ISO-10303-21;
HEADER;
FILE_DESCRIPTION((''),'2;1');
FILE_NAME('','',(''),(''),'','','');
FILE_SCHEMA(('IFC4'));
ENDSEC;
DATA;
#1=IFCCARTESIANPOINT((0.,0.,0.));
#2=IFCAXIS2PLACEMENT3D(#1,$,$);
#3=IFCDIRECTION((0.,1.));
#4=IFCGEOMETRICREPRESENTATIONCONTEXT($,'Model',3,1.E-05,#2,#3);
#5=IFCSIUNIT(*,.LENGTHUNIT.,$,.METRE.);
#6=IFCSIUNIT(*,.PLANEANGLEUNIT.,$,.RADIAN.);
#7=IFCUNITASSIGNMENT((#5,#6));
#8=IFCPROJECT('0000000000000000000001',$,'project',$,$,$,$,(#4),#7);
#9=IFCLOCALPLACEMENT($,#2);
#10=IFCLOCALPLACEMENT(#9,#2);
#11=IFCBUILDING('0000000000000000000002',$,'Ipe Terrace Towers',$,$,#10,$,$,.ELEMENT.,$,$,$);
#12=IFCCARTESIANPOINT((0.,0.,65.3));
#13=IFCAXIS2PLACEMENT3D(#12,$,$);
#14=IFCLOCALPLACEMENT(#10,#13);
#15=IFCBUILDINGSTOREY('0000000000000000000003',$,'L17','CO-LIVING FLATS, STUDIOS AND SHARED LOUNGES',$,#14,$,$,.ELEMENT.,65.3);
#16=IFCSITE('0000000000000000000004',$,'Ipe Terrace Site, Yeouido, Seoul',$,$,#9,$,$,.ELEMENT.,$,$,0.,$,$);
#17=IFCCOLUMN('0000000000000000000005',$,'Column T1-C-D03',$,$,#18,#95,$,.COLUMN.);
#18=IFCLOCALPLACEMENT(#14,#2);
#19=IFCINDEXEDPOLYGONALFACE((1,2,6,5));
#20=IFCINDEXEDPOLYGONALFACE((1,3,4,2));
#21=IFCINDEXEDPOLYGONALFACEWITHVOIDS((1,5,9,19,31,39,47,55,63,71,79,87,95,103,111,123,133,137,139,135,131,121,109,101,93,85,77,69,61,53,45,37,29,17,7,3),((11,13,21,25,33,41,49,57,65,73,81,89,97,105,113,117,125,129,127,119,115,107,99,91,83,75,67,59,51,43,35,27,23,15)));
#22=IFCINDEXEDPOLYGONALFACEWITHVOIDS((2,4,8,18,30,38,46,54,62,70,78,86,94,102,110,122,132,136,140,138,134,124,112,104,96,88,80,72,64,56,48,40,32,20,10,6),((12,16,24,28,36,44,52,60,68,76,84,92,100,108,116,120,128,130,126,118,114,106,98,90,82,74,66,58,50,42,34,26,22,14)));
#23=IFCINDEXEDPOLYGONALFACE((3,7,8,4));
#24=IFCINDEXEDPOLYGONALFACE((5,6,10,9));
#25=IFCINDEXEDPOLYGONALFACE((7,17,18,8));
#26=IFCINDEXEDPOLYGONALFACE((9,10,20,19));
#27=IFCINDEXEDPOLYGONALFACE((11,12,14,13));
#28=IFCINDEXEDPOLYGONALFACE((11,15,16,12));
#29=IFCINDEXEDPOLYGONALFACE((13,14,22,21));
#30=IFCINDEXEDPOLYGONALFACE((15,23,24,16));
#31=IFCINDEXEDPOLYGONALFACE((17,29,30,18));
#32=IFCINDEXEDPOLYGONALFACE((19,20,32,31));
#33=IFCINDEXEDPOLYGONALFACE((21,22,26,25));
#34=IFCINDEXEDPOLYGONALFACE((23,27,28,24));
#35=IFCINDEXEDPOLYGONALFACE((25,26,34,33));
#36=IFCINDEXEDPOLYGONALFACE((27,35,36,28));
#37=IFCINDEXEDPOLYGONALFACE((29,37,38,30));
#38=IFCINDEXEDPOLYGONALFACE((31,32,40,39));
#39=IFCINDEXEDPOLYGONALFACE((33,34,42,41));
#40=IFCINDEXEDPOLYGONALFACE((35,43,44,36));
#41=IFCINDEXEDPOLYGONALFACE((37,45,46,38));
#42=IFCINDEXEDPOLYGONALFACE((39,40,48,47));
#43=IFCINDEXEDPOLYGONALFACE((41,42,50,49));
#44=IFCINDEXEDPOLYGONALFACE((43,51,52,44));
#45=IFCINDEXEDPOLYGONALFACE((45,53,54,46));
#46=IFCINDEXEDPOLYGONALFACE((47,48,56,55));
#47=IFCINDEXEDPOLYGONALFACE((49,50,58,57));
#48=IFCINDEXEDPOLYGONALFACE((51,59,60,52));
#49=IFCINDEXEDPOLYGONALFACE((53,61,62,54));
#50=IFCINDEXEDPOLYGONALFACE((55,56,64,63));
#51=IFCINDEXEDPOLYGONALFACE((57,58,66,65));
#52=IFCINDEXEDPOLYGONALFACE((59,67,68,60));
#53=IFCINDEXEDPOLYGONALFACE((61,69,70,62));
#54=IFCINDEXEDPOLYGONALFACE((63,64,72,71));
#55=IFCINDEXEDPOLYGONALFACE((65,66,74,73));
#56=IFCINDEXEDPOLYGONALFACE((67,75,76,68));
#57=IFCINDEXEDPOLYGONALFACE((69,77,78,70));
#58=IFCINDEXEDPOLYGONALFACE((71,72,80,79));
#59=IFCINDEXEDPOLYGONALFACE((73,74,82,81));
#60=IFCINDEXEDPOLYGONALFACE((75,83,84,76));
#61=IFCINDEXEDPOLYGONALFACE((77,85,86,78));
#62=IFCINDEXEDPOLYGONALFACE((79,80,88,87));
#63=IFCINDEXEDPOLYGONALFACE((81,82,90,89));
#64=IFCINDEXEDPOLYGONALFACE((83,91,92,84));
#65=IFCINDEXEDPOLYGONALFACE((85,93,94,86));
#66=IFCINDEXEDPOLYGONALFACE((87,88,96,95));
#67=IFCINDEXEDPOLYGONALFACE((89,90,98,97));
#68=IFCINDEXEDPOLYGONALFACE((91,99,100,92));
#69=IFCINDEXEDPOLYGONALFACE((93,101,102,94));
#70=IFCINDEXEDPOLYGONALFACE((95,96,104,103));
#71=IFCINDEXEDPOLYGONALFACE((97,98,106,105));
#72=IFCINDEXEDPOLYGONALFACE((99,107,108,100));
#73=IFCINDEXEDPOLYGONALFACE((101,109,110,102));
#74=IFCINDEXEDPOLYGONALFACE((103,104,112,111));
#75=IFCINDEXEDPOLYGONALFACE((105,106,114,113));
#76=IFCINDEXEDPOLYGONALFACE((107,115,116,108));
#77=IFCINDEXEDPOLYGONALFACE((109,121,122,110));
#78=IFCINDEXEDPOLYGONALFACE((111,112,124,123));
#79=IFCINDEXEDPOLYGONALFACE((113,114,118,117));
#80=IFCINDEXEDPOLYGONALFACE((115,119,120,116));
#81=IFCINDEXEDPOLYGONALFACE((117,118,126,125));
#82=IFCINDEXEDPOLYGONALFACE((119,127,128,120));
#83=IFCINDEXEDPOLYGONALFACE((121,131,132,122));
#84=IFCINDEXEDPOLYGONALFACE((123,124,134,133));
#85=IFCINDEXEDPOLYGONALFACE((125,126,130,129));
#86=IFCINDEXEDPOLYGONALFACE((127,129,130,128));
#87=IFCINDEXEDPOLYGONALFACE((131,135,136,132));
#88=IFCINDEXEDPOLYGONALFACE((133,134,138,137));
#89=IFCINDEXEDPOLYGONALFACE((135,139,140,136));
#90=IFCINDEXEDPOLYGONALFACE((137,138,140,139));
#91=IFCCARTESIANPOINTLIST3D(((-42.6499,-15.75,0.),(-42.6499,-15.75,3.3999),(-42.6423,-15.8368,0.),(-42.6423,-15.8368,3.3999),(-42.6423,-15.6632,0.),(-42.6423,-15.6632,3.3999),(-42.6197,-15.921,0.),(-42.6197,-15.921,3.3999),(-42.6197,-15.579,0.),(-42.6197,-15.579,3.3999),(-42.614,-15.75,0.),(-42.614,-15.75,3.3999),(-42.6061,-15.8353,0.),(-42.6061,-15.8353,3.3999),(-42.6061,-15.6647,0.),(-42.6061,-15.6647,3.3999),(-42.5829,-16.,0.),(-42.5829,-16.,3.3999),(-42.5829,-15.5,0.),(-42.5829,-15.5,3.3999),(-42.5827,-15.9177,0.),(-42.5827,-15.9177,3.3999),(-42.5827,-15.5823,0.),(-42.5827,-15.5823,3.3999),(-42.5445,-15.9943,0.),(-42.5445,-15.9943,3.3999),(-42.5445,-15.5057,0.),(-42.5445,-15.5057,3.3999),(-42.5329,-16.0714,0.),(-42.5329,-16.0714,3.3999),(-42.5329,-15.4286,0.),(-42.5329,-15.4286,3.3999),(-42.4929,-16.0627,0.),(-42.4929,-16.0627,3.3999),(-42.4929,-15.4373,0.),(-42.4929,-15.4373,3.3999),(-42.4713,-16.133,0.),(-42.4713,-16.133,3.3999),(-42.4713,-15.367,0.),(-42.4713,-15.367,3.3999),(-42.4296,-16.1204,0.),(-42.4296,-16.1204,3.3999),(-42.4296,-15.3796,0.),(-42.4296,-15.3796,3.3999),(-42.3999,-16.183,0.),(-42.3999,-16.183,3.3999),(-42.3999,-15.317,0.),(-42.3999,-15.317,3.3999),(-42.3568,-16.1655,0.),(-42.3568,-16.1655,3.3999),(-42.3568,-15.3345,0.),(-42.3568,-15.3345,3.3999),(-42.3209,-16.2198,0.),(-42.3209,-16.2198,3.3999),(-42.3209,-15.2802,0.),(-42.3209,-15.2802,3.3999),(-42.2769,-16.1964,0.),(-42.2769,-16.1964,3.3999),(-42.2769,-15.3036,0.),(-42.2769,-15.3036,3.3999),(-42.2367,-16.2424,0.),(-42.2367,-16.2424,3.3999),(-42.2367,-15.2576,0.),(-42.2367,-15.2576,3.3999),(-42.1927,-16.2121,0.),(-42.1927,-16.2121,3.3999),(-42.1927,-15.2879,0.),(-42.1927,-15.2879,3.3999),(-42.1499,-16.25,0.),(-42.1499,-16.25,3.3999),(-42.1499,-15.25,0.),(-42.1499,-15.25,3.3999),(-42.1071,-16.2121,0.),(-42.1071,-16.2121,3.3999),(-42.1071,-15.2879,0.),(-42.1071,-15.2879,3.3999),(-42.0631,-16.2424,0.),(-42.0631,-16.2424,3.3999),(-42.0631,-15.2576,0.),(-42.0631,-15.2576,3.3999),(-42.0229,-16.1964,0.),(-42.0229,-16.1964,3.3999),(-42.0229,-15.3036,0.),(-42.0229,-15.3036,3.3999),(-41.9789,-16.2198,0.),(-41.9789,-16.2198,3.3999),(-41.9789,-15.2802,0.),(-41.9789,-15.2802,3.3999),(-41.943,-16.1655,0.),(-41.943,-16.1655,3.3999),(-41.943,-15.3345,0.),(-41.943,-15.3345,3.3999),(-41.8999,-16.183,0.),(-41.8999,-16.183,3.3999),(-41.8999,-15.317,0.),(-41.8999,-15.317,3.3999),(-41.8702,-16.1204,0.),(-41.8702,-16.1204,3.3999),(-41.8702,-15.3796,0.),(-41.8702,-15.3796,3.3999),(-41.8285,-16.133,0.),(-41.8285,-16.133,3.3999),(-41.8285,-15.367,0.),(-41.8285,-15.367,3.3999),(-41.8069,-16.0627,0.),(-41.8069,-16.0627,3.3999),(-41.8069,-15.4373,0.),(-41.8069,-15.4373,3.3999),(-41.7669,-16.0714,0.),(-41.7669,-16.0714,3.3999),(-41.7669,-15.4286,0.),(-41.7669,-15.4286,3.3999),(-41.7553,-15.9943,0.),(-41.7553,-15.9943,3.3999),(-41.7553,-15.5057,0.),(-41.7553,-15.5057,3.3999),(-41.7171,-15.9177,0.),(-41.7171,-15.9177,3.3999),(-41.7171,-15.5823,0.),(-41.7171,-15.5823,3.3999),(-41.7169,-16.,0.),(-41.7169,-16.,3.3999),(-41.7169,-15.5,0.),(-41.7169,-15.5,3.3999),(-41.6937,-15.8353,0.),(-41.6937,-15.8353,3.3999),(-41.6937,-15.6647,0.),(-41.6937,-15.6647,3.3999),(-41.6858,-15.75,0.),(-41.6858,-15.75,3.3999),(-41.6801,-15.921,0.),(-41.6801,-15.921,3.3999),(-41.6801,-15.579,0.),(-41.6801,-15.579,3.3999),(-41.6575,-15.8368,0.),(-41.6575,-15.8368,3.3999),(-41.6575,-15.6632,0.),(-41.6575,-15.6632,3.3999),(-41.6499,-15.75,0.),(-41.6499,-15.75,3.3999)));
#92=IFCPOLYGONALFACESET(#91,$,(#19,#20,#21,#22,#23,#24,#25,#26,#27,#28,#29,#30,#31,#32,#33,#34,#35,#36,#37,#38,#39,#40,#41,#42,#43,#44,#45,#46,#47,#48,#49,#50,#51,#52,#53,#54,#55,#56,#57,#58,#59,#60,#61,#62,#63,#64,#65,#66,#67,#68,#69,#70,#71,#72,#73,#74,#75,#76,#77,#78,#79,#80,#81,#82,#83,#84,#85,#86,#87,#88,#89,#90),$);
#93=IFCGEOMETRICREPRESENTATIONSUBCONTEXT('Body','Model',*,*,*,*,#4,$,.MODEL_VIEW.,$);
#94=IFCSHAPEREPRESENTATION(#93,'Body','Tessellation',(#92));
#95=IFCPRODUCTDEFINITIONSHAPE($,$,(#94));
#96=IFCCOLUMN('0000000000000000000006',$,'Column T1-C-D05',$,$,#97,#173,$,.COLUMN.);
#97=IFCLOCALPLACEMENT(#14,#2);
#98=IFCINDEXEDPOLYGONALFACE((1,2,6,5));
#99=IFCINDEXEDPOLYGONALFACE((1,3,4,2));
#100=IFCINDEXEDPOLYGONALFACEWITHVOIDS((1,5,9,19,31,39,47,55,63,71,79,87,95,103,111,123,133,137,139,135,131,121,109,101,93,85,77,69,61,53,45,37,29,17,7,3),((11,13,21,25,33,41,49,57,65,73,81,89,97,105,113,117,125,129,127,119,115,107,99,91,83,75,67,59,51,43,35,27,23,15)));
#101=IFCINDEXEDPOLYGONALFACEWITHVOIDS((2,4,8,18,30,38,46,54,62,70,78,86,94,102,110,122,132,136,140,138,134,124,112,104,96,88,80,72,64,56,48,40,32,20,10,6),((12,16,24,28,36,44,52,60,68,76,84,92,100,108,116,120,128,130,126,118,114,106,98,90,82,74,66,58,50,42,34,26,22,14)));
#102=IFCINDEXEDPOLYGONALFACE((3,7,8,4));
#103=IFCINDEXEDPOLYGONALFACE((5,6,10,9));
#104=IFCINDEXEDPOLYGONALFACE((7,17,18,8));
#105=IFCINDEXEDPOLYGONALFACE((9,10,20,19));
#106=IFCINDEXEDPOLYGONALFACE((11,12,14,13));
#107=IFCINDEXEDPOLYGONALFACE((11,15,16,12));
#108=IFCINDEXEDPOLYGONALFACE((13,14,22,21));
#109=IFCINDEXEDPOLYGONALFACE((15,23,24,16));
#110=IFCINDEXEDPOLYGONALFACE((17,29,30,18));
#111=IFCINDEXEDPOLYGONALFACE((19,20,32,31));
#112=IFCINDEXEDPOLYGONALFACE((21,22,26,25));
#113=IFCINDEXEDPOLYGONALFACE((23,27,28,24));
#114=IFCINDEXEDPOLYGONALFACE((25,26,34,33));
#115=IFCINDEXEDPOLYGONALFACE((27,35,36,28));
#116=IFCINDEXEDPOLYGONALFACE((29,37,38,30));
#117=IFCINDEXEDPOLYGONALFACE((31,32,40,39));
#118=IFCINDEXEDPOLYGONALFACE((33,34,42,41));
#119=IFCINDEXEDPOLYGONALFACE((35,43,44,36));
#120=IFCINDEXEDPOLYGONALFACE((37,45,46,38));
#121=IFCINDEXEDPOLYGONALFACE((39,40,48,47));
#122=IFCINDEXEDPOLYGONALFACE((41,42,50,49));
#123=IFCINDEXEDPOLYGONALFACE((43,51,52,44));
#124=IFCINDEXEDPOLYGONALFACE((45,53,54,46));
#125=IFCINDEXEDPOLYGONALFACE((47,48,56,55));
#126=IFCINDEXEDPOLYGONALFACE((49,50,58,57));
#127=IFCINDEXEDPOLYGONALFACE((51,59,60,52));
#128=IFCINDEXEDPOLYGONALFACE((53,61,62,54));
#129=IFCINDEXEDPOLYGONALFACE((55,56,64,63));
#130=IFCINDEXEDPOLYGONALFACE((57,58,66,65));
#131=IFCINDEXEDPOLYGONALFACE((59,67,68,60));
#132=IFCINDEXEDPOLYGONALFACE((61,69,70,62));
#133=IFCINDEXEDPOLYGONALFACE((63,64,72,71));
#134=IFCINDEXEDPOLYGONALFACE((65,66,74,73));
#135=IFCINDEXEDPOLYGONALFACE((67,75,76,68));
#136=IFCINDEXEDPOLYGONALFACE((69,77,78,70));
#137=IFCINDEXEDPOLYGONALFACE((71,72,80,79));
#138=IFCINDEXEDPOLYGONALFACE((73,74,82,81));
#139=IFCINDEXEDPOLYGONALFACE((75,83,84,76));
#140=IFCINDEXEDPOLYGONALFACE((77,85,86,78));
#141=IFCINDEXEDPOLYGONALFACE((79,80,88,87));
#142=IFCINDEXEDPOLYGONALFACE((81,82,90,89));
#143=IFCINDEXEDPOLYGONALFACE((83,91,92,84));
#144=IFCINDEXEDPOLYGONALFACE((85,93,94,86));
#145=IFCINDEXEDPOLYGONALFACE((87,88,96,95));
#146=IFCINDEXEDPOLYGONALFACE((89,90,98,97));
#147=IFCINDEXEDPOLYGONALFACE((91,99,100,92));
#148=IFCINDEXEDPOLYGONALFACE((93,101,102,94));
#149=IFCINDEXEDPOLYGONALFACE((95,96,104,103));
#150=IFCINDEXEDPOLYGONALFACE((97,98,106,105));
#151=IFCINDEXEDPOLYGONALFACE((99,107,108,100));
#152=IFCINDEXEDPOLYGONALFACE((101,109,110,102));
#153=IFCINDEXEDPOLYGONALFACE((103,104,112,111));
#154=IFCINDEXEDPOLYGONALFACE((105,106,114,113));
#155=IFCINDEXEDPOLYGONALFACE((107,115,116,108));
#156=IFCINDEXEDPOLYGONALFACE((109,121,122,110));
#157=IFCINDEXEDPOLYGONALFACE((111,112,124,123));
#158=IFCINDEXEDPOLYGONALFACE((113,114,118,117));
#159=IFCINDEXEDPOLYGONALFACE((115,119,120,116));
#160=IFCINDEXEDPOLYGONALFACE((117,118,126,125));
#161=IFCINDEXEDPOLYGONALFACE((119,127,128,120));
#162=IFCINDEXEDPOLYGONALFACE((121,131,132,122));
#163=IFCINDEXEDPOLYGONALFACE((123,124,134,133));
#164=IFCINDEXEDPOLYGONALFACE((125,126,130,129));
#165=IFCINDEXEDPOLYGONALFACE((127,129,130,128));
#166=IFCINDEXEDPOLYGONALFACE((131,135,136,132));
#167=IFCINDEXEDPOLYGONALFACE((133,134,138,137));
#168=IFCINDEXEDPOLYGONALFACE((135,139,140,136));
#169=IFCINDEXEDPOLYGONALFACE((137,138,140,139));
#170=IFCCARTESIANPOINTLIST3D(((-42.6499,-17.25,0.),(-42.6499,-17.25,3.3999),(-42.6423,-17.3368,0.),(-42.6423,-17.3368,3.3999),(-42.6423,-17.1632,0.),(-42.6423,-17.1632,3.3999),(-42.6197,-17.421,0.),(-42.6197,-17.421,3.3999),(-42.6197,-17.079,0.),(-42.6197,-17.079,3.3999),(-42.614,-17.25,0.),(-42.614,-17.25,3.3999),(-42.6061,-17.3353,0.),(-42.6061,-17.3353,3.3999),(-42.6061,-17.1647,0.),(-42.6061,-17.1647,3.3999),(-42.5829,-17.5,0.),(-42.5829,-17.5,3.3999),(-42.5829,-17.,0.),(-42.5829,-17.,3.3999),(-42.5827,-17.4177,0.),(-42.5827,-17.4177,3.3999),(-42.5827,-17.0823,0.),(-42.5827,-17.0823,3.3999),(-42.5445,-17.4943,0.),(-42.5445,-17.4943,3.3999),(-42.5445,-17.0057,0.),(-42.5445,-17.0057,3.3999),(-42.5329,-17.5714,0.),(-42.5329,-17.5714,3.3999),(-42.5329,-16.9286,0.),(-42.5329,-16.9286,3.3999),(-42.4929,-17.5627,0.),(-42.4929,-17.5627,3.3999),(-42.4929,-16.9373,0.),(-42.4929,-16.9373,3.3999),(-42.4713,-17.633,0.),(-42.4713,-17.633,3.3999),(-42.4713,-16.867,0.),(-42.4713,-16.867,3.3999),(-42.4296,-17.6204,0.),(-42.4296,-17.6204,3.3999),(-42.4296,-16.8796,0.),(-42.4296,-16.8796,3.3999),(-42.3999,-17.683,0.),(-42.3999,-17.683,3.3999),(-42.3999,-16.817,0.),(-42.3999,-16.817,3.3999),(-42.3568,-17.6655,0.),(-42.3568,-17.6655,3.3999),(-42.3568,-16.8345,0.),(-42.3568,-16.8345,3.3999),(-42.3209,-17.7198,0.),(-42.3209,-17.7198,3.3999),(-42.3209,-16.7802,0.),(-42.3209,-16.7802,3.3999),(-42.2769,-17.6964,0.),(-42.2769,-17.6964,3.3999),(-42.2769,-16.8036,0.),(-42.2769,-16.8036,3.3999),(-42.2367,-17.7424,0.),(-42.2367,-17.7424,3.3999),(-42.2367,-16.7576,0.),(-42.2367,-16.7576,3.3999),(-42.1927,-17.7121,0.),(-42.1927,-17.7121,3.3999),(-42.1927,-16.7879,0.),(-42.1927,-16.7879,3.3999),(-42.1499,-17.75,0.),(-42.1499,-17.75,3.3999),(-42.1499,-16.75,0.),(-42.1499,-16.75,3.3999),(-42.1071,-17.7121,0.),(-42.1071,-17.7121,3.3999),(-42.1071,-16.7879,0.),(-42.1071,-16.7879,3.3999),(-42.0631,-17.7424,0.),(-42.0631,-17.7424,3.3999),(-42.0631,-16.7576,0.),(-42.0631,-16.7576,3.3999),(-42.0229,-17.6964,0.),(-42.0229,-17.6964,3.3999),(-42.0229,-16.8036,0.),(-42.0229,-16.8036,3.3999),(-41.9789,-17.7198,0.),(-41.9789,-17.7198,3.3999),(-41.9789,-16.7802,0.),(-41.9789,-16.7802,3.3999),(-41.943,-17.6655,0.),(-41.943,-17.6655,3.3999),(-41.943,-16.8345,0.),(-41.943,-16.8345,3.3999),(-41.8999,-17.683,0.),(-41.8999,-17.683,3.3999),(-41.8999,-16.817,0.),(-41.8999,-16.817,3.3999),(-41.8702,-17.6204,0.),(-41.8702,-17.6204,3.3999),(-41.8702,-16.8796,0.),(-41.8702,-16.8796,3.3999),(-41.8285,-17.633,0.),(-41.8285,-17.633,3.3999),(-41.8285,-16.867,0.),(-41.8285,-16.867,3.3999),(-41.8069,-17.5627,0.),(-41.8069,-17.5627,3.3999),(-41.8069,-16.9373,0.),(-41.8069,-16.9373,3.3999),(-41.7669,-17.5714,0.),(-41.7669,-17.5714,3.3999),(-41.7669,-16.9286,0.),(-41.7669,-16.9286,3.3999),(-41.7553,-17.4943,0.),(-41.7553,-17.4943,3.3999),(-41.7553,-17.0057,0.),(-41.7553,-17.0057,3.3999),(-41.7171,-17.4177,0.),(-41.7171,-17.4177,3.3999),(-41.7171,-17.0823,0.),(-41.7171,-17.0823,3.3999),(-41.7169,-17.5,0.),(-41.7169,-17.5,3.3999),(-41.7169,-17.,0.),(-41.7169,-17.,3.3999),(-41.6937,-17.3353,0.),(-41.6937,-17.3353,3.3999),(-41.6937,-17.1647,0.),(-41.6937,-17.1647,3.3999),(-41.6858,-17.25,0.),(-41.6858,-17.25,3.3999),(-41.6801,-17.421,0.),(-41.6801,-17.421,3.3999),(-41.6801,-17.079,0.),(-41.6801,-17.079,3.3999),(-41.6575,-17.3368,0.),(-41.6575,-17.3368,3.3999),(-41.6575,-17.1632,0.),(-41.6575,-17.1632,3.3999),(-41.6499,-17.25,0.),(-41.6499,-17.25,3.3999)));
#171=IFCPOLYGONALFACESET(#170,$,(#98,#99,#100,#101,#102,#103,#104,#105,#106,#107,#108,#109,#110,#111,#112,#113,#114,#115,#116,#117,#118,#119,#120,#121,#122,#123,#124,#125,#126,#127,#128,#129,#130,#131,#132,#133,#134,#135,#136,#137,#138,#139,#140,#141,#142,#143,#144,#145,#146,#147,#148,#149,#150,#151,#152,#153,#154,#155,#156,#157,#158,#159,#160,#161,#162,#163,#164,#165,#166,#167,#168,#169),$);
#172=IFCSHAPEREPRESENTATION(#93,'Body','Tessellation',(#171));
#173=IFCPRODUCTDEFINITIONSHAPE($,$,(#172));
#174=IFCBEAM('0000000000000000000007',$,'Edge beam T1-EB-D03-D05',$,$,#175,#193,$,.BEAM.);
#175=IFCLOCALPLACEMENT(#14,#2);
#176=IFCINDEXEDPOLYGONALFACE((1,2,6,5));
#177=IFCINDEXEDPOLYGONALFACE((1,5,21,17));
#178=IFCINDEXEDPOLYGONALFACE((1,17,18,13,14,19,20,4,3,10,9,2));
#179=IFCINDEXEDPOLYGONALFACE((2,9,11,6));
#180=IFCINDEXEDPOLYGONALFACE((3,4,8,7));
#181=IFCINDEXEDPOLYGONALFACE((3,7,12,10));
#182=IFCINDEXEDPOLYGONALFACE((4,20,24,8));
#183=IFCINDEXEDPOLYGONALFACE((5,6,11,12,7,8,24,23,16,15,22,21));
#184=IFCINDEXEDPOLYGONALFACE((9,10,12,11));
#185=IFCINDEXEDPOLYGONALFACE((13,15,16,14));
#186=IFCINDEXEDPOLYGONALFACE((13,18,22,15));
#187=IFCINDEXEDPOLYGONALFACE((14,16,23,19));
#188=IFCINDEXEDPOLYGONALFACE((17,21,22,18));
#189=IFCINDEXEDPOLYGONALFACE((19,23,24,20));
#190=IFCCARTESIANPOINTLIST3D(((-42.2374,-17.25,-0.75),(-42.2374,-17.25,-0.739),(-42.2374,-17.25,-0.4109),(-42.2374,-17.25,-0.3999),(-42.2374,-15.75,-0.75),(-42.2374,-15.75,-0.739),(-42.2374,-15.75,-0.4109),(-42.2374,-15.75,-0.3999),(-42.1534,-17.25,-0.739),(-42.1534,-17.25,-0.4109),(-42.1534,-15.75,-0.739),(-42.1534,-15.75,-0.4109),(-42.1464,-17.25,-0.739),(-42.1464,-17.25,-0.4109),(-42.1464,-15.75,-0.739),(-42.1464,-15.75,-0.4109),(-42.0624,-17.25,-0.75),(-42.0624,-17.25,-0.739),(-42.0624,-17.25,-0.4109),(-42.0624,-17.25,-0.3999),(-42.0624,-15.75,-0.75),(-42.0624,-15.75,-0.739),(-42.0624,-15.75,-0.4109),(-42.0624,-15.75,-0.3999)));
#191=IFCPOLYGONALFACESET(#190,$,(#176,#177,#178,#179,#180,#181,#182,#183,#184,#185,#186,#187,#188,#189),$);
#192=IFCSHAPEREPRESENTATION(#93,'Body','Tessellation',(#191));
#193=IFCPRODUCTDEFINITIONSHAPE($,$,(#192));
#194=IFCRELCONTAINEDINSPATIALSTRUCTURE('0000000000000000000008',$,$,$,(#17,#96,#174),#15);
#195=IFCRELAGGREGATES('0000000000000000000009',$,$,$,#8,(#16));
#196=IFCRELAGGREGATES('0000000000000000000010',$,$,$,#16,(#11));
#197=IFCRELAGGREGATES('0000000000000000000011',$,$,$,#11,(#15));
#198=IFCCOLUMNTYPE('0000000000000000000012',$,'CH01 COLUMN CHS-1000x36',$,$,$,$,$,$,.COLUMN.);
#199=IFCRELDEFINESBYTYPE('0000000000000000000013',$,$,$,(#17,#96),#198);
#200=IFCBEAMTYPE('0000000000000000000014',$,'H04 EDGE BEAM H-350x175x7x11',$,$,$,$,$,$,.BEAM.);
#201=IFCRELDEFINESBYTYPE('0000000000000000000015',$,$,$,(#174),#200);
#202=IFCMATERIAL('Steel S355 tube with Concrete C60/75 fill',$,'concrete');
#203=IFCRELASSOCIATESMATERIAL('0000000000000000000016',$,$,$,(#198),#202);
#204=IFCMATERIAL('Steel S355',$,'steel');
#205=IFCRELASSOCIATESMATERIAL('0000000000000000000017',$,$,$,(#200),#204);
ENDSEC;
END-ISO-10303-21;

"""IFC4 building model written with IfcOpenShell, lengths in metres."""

from ifc_helpers import new_model, si_unit, direction, frame, origin, origin_2d, place, context, subcontext, project, spatial, hollow_circle, i_section, extrude, material, material_profile, profile_set, type_object, element, save


model = new_model("IFC4")

# Units and contexts
model_context = context("Model", 3, precision=1e-05, world=origin(), true_north=direction((0.0, 1.0)))
body_context = subcontext(model_context, "Body", "Model", "MODEL_VIEW")
ifc_project = project(units=[si_unit("LENGTHUNIT", "METRE"), si_unit("PLANEANGLEUNIT", "RADIAN")], contexts=[model_context])

# Site, building, storey
site_placement = place(None, origin())
site = spatial("IfcSite", under=ifc_project, at=site_placement, Name="Ipe Terrace Site, Yeouido, Seoul", CompositionType="ELEMENT", RefElevation=0.0)
building_placement = place(site_placement, origin())
building = spatial("IfcBuilding", under=site, at=building_placement, Name="Ipe Terrace Towers", CompositionType="ELEMENT")
storey_placement = place(building_placement, frame((0.0, 0.0, 65.3)))
storey = spatial("IfcBuildingStorey", under=building, at=storey_placement, Name="L17", Description="CO-LIVING FLATS, STUDIOS AND SHARED LOUNGES", CompositionType="ELEMENT", Elevation=65.3)

# Columns
ifc_material_1 = material(Name="Steel S355 tube with Concrete C60/75 fill", Category="concrete")
ifc_material_profile_1 = material_profile(ifc_material_1, hollow_circle(Radius=0.5, WallThickness=0.0359, at=origin_2d()), Name="CHS-1000x36")
ifc_profile_set_1 = profile_set([ifc_material_profile_1], Name="Steel S355 tube with Concrete C60/75 fill")
column_type = type_object("IfcColumnType", Name="CH01 COLUMN CHS-1000x36", PredefinedType="COLUMN", material=ifc_profile_set_1)
for number, where, z_axis, x_axis, name in (
    (1, (-42.1499, -15.75, 0.0), (0.0, 0.0, 1.0), (1.0, 0.0, 0.0), "Column T1-C-D03"),
    (2, (-42.1499, -17.25, 0.0), (0.0, 0.0, 1.0), (1.0, 0.0, 0.0), "Column T1-C-D05"),
):
    element("IfcColumn", number, at=place(storey_placement, frame(where, z_axis=z_axis, x_axis=x_axis)), inside=storey, type_object=column_type, Name=name, PredefinedType="COLUMN", context=body_context, shape_type="SweptSolid", body=[
        extrude(hollow_circle(Radius=0.5, WallThickness=0.0359, at=origin_2d()), origin(), (0.0, 0.0, 1.0), 3.3999),
    ])

# Beam
ifc_material_2 = material(Name="Steel S355", Category="steel")
ifc_material_profile_2 = material_profile(ifc_material_2, i_section(OverallWidth=0.175, OverallDepth=0.3501, WebThickness=0.0071, FlangeThickness=0.011, at=origin_2d()), Name="H-350x175x7x11")
ifc_profile_set_2 = profile_set([ifc_material_profile_2], Name="Steel S355")
beam_type = type_object("IfcBeamType", Name="H04 EDGE BEAM H-350x175x7x11", PredefinedType="BEAM", material=ifc_profile_set_2)
beam_placement = place(storey_placement, frame((-42.1499, -15.75, -0.575), z_axis=(0.0, -1.0, 0.0), x_axis=(1.0, 0.0, 0.0)))
element("IfcBeam", 3, at=beam_placement, inside=storey, type_object=beam_type, Name="Edge beam T1-EB-D03-D05", PredefinedType="BEAM", context=body_context, shape_type="SweptSolid", body=[
    extrude(i_section(OverallWidth=0.175, OverallDepth=0.3501, WebThickness=0.0071, FlangeThickness=0.011, at=origin_2d()), origin(), (0.0, 0.0, 1.0), 1.5),
])

save(model, "model.ifc")
